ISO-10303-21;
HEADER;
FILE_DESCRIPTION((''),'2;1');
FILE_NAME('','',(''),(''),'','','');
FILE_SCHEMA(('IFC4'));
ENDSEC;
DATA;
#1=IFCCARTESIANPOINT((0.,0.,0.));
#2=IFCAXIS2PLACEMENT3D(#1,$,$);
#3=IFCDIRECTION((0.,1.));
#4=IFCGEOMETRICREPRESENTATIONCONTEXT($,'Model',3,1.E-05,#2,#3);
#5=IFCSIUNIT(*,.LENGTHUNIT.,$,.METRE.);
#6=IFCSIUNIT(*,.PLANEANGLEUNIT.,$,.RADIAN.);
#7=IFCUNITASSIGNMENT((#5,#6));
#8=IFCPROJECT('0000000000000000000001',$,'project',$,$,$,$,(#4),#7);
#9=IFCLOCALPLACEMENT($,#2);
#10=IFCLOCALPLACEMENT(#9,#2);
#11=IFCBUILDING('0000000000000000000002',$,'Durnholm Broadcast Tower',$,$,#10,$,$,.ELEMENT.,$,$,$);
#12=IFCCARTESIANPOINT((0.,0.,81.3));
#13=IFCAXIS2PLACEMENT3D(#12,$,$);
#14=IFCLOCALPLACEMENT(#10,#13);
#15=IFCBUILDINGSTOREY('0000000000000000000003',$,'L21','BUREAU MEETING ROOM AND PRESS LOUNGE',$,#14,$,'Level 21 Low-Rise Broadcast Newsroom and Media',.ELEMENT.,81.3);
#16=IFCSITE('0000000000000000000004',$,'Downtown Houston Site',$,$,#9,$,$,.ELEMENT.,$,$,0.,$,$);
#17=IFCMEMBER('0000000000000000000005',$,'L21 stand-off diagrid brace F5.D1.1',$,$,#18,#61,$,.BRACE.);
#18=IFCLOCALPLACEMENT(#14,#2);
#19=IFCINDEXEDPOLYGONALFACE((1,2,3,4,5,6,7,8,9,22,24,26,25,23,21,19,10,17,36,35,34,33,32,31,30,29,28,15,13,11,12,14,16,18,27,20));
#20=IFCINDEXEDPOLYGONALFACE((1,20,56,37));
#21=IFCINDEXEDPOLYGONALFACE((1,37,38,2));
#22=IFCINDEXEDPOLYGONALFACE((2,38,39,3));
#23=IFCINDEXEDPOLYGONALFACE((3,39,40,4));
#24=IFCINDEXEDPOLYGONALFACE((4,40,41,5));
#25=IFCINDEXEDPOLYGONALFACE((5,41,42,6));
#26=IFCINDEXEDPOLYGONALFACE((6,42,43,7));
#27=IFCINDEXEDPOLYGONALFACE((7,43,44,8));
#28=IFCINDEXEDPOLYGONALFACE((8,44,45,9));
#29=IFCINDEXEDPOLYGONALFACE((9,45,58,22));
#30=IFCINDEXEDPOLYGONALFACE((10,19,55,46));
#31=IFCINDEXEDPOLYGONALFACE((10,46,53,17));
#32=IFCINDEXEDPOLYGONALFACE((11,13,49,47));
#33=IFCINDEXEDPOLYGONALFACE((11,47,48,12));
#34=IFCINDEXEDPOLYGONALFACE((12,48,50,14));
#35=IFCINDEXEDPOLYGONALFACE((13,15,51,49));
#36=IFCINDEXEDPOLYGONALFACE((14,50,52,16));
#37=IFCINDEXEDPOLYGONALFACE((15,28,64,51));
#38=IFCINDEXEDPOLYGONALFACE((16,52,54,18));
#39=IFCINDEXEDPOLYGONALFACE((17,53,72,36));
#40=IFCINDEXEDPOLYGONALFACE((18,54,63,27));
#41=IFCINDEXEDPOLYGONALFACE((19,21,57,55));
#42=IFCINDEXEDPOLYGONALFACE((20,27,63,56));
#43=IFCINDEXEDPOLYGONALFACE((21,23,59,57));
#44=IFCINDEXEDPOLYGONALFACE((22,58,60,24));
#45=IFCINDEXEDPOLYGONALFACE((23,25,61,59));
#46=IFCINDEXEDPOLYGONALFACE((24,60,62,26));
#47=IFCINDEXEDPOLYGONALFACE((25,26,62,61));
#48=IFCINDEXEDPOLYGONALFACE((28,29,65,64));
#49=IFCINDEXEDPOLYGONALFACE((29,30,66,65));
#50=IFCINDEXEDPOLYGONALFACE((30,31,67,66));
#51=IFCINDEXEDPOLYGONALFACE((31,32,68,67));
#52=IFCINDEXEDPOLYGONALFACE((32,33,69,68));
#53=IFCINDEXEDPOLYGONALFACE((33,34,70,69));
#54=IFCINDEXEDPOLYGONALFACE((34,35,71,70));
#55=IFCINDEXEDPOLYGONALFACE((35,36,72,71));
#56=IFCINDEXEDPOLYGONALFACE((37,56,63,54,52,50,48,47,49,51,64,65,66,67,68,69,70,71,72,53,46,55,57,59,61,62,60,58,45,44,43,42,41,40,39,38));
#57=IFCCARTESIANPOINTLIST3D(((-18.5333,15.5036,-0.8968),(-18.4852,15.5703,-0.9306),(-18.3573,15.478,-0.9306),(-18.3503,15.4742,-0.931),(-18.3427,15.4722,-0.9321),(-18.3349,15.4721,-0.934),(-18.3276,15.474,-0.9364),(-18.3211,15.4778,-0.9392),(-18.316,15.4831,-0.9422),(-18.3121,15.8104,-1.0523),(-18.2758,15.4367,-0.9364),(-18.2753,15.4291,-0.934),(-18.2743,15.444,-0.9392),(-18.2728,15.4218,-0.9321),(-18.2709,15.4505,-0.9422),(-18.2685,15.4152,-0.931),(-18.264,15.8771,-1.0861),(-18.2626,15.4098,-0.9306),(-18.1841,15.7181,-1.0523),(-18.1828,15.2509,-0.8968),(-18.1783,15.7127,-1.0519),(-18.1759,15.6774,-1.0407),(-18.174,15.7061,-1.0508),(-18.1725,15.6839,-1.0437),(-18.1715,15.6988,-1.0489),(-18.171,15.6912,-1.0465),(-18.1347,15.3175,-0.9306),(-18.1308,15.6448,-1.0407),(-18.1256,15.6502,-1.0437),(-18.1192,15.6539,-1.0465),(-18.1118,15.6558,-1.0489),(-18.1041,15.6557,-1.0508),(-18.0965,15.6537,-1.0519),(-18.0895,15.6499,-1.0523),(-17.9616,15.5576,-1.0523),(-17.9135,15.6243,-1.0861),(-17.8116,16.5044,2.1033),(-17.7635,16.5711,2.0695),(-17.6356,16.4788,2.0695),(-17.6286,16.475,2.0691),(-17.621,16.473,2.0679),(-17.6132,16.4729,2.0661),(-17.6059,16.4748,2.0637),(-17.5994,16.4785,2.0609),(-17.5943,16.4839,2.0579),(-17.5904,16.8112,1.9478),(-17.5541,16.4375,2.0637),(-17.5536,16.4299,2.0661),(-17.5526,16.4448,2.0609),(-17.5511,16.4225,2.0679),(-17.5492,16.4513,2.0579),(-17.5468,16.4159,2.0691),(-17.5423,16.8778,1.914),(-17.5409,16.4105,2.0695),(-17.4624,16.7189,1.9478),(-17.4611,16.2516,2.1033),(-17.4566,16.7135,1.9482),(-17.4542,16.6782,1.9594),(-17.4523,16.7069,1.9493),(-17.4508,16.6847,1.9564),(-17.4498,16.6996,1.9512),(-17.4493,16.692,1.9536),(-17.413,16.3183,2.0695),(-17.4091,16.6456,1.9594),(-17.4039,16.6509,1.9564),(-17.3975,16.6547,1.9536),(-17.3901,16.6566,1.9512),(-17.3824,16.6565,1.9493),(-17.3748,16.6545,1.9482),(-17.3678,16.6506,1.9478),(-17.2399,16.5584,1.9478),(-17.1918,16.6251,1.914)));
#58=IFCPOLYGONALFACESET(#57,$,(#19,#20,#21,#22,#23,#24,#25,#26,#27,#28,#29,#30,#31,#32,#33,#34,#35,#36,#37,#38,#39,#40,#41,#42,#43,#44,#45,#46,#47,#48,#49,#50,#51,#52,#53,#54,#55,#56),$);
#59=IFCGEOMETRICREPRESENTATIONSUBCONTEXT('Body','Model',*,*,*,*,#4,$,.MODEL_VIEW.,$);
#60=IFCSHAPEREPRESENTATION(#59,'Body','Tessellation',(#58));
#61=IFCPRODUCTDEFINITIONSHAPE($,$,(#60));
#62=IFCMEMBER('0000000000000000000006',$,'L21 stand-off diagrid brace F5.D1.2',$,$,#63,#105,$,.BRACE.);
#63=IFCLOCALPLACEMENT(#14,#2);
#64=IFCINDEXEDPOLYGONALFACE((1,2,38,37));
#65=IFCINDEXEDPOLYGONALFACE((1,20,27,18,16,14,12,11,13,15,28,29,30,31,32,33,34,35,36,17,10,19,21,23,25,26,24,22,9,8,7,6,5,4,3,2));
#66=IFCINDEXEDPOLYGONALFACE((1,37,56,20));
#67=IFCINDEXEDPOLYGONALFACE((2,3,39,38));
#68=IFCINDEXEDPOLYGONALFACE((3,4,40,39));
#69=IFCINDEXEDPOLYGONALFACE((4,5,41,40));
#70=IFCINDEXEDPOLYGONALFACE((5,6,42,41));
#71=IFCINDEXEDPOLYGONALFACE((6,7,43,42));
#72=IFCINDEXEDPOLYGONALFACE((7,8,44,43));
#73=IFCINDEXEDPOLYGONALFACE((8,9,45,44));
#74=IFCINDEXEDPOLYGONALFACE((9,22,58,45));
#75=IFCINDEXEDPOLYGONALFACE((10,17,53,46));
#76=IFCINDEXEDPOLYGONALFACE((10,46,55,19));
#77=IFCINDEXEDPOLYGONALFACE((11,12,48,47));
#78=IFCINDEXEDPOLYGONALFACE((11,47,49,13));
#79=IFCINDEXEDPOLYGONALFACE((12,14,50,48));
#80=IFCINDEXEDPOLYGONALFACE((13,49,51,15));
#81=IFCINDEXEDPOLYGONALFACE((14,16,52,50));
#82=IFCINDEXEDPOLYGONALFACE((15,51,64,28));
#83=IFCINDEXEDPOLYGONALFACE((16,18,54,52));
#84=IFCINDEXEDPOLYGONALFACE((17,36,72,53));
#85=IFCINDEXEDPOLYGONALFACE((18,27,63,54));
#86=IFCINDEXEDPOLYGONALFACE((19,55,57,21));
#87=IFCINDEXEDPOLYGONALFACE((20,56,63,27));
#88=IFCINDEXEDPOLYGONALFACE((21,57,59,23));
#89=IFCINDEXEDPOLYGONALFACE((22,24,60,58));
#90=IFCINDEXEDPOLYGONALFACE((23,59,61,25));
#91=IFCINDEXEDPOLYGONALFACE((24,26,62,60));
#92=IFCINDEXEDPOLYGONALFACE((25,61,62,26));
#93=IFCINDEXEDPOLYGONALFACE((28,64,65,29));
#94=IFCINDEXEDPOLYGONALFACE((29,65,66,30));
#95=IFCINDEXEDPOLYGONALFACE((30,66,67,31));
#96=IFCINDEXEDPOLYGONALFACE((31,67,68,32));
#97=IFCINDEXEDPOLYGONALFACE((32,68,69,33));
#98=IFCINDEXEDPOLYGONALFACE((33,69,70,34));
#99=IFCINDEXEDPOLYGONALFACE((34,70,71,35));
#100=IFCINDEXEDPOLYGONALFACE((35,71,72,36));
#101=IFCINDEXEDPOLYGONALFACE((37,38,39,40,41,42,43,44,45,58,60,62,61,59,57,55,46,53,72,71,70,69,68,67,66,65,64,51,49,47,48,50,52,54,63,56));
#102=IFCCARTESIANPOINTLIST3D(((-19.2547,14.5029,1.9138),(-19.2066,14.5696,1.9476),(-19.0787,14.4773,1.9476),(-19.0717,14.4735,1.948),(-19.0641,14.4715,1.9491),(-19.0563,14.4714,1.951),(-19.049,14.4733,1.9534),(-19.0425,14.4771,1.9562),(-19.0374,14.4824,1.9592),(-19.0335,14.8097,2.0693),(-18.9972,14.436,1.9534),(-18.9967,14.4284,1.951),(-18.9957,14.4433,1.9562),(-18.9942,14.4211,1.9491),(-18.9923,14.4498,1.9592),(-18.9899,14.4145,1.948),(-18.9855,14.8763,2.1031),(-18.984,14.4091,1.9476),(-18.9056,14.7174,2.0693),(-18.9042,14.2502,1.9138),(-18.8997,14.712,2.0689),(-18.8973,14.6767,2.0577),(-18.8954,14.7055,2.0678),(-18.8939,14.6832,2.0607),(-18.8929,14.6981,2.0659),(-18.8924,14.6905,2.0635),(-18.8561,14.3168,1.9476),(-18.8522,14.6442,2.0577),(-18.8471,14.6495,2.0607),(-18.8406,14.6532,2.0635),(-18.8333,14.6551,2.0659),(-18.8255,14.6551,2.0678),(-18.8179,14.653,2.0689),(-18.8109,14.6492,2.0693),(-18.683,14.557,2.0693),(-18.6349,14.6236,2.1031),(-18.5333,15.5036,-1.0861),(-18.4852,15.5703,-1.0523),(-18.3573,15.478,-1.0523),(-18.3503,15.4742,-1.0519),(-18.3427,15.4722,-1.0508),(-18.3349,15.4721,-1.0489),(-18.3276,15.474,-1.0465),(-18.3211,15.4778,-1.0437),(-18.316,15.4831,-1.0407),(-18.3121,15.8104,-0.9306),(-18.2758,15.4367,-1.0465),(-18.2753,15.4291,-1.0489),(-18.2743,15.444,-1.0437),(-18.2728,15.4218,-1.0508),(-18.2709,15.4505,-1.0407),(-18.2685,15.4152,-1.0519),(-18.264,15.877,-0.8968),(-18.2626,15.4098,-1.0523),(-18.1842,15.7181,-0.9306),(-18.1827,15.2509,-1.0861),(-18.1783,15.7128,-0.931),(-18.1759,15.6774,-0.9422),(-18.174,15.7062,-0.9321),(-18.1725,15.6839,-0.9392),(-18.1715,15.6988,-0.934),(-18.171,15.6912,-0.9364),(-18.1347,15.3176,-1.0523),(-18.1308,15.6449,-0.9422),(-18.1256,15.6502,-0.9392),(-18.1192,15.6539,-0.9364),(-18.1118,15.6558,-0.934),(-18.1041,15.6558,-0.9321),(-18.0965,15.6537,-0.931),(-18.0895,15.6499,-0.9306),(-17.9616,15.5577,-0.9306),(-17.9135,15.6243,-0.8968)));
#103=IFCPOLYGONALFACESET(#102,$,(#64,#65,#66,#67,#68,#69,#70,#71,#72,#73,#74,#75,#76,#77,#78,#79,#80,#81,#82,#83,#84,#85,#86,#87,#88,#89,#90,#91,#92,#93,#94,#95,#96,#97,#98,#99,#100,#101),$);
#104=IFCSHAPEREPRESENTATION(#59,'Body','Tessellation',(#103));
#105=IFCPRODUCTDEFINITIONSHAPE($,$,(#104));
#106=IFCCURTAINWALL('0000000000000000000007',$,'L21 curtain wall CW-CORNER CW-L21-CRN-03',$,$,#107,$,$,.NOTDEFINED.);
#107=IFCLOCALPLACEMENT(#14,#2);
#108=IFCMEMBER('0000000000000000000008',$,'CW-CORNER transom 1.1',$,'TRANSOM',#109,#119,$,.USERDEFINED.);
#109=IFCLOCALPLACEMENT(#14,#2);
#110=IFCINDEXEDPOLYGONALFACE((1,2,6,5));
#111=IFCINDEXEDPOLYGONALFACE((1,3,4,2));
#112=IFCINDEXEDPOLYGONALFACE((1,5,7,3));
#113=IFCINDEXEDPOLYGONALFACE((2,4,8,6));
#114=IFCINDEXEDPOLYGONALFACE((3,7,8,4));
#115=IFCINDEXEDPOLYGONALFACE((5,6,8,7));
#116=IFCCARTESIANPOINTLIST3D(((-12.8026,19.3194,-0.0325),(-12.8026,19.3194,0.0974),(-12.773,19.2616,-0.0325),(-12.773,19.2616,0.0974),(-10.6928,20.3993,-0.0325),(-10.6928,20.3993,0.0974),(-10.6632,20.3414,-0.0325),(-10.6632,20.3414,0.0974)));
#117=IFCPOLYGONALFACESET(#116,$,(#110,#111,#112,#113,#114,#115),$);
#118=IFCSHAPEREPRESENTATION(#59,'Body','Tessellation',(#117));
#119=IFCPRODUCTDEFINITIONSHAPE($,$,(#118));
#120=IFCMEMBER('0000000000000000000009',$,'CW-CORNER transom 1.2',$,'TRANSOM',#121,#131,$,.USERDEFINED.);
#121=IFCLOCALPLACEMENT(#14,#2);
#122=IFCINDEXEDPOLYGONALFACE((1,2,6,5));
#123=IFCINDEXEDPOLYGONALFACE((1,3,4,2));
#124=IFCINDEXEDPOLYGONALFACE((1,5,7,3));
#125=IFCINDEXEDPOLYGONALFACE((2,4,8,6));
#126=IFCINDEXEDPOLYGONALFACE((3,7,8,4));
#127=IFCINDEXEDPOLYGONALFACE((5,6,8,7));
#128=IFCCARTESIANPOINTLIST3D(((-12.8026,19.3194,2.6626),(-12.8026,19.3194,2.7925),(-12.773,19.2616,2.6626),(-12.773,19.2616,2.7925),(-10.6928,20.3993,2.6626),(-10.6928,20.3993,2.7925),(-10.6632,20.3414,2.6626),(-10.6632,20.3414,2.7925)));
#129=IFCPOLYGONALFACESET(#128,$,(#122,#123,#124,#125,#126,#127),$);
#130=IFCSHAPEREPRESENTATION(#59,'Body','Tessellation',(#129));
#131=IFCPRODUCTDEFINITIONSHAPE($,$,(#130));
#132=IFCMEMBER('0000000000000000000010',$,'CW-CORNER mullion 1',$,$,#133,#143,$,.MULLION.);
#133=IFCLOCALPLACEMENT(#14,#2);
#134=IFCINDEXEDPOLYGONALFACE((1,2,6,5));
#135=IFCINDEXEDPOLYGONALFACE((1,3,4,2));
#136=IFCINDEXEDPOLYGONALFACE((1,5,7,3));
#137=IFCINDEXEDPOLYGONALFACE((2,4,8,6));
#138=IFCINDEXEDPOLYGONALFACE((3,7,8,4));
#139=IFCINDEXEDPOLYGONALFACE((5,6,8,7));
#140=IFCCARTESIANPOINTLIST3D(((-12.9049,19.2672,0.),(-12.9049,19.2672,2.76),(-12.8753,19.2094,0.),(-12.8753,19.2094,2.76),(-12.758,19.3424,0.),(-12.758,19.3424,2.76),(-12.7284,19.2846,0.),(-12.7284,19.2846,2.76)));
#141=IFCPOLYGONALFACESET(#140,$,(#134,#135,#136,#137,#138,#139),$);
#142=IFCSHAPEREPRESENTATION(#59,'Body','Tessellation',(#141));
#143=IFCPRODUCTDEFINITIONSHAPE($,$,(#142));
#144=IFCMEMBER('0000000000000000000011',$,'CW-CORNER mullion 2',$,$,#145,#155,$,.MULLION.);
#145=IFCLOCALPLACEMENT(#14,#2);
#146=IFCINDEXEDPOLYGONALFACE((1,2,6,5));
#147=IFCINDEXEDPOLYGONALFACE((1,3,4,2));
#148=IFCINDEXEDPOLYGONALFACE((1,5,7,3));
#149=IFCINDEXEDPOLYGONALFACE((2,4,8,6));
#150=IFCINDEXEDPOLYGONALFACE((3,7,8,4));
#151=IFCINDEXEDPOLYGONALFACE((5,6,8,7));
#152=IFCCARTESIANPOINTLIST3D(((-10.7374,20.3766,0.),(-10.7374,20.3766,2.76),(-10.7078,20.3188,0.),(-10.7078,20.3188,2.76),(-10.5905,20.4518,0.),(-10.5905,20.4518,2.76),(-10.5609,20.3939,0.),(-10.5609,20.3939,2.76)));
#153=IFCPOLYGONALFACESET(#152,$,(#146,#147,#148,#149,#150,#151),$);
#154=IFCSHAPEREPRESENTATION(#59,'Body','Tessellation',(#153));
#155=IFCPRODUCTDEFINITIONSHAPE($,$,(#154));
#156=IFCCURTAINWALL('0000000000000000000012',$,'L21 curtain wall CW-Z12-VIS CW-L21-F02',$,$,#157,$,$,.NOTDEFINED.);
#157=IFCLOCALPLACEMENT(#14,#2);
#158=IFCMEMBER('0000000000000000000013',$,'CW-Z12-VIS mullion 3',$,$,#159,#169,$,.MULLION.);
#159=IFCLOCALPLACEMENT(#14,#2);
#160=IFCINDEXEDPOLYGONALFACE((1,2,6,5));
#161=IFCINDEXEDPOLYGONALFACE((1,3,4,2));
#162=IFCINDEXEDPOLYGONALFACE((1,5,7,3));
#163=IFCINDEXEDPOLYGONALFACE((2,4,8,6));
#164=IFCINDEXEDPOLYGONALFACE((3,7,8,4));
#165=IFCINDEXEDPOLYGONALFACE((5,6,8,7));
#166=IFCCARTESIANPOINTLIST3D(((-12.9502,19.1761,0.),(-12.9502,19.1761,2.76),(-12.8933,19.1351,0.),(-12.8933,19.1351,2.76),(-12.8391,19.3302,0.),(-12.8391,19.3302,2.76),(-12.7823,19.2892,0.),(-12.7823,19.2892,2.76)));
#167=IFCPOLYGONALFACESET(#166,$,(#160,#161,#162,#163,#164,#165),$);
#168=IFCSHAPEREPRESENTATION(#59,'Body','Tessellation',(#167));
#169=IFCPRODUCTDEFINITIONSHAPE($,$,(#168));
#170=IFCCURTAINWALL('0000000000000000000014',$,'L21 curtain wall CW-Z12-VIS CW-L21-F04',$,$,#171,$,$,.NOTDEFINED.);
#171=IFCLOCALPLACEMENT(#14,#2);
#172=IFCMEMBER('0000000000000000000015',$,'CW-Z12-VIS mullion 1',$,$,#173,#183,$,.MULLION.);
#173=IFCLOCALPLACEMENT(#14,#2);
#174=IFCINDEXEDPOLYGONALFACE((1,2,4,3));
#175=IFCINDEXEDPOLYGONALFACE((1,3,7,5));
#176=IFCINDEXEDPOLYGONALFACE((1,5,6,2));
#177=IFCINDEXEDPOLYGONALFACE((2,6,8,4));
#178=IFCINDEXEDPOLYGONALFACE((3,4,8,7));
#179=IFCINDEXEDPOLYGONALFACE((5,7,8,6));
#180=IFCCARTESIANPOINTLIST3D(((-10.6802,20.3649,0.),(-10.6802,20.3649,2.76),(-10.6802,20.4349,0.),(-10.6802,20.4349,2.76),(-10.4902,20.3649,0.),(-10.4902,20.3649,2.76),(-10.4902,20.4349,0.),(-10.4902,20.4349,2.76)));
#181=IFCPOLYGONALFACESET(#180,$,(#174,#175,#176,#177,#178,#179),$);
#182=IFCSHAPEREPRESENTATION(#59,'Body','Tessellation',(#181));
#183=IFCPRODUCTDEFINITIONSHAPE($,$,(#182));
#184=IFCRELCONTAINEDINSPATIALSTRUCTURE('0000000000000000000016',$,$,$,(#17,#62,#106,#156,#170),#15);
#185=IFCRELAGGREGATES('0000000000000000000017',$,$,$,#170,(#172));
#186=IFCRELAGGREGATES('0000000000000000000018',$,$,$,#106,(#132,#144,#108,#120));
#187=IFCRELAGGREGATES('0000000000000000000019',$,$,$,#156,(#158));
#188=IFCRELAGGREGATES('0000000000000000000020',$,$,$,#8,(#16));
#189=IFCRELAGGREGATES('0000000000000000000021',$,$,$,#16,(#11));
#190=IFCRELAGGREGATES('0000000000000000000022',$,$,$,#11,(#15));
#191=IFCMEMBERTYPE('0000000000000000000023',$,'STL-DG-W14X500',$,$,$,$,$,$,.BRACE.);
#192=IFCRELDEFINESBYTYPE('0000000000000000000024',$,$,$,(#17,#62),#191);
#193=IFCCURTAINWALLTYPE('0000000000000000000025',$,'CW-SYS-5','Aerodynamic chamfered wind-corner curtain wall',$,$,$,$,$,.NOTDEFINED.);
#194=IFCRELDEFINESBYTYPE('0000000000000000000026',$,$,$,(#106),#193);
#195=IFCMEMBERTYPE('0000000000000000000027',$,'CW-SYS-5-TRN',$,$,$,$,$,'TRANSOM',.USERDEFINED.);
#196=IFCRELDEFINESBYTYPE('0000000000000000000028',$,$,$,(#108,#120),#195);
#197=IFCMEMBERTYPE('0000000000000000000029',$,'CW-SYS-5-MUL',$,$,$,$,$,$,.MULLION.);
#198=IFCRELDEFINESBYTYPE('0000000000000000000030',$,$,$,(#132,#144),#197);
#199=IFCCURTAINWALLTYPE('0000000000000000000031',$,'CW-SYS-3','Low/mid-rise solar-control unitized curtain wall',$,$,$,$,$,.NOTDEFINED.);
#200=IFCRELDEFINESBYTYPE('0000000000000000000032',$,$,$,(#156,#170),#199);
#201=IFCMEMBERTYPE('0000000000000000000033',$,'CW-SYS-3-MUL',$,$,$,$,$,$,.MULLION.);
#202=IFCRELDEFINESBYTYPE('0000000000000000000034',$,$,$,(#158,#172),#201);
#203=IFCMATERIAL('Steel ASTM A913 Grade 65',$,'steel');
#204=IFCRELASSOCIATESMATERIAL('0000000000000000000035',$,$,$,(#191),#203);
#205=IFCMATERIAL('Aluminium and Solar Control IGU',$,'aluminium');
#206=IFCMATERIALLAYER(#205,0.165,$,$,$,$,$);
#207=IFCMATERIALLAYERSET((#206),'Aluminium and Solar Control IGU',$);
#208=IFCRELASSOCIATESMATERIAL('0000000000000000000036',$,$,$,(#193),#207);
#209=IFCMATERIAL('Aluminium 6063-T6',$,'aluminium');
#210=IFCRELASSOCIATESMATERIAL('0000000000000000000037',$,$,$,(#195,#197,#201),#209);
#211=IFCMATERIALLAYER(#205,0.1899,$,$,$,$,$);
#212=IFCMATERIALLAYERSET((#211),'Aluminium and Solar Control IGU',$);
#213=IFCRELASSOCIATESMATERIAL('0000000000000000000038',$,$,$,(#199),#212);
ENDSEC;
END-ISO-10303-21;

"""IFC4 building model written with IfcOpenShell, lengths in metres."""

from ifc_helpers import new_model, si_unit, direction, frame, origin, origin_2d, place, context, subcontext, project, spatial, rectangle, i_section, extrude, source, transform, mapped, material, layer, layer_set, material_profile, profile_set, type_object, type_shapes, element, aggregate, save


model = new_model("IFC4")

# Units and contexts
model_context = context("Model", 3, precision=1e-05, world=origin(), true_north=direction((0.0, 1.0)))
body_context = subcontext(model_context, "Body", "Model", "MODEL_VIEW")
ifc_project = project(units=[si_unit("LENGTHUNIT", "METRE"), si_unit("PLANEANGLEUNIT", "RADIAN")], contexts=[model_context])

# Site, building, storey
site_placement = place(None, origin())
site = spatial("IfcSite", under=ifc_project, at=site_placement, Name="Downtown Houston Site", CompositionType="ELEMENT", RefElevation=0.0)
building_placement = place(site_placement, origin())
building = spatial("IfcBuilding", under=site, at=building_placement, Name="Durnholm Broadcast Tower", CompositionType="ELEMENT")
storey_placement = place(building_placement, frame((0.0, 0.0, 81.3)))
storey = spatial("IfcBuildingStorey", under=building, at=storey_placement, Name="L21", Description="BUREAU MEETING ROOM AND PRESS LOUNGE", LongName="Level 21 Low-Rise Broadcast Newsroom and Media", CompositionType="ELEMENT", Elevation=81.3)

# Members
ifc_material_1 = material(Name="Steel ASTM A913 Grade 65", Category="steel")
ifc_material_profile_1 = material_profile(ifc_material_1, i_section(OverallWidth=0.4321, OverallDepth=0.4978, WebThickness=0.0557, FlangeThickness=0.0889, FilletRadius=0.0305, at=origin_2d()), Name="W14X500")
ifc_profile_set_1 = profile_set([ifc_material_profile_1], Name="Steel ASTM A913 Grade 65")
member_type_1 = type_object("IfcMemberType", Name="STL-DG-W14X500", PredefinedType="BRACE", material=ifc_profile_set_1)
shared_shape_1 = source(origin(), body_context, "Body", "SweptSolid", [
    extrude(i_section(OverallWidth=0.4321, OverallDepth=0.4978, WebThickness=0.0557, FlangeThickness=0.0889, FilletRadius=0.0305, at=origin_2d()), origin(), (0.0, 0.0, 1.0), 3.2439),
])
member_1_placement = place(storey_placement, frame((-18.2234, 15.564, -0.9915), z_axis=(0.222479, 0.308505, 0.924839), x_axis=(-0.811091, 0.58492, 0.0)))
element("IfcMember", 1, at=member_1_placement, inside=storey, type_object=member_type_1, Name="L21 stand-off diagrid brace F5.D1.1", PredefinedType="BRACE", context=body_context, shape_type="MappedRepresentation", body=[
    mapped(shared_shape_1, transform((0.0, 0.0, 0.0), x_axis=(1.0, 0.0, 0.0), y_axis=(0.0, 1.0, 0.0), z_axis=(0.0, 0.0, 1.0), scale=1.0)),
])
shared_shape_2 = source(origin(), body_context, "Body", "SweptSolid", [
    extrude(i_section(OverallWidth=0.4321, OverallDepth=0.4978, WebThickness=0.0557, FlangeThickness=0.0889, FilletRadius=0.0305, at=origin_2d()), origin(), (0.0, 0.0, 1.0), 3.2437),
])
type_shapes(member_type_1, [shared_shape_1, shared_shape_2])
member_2_placement = place(storey_placement, frame((-18.2234, 15.564, -0.9915), z_axis=(-0.222408, -0.308511, 0.924855), x_axis=(0.811185, -0.584789, 0.0)))
element("IfcMember", 2, at=member_2_placement, inside=storey, type_object=member_type_1, Name="L21 stand-off diagrid brace F5.D1.2", PredefinedType="BRACE", context=body_context, shape_type="MappedRepresentation", body=[
    mapped(shared_shape_2, transform((0.0, 0.0, 0.0), x_axis=(1.0, 0.0, 0.0), y_axis=(0.0, 1.0, 0.0), z_axis=(0.0, 0.0, 1.0), scale=1.0)),
])

# Curtain wall, members
ifc_material_2 = material(Name="Aluminium and Solar Control IGU", Category="aluminium")
ifc_layer_1 = layer(ifc_material_2, 0.165)
ifc_layer_set_1 = layer_set([ifc_layer_1], Name="Aluminium and Solar Control IGU")
curtain_wall_type_1 = type_object("IfcCurtainWallType", Name="CW-SYS-5", Description="Aerodynamic chamfered wind-corner curtain wall", PredefinedType="NOTDEFINED", material=ifc_layer_set_1)
curtain_wall_1_placement = place(storey_placement, origin())
curtain_wall_1 = element("IfcCurtainWall", 3, at=curtain_wall_1_placement, inside=storey, type_object=curtain_wall_type_1, Name="L21 curtain wall CW-CORNER CW-L21-CRN-03", PredefinedType="NOTDEFINED")
ifc_material_3 = material(Name="Aluminium 6063-T6", Category="aluminium")
ifc_material_profile_2 = material_profile(ifc_material_3, rectangle(XDim=0.0649, YDim=0.1299, at=origin_2d()), Name="CWT65X130")
ifc_profile_set_2 = profile_set([ifc_material_profile_2], Name="Aluminium 6063-T6")
member_type_2 = type_object("IfcMemberType", Name="CW-SYS-5-TRN", ElementType="TRANSOM", PredefinedType="USERDEFINED", material=ifc_profile_set_2)
shared_shape_3 = source(origin(), body_context, "Body", "SweptSolid", [
    extrude(rectangle(XDim=0.0649, YDim=0.1299, at=origin_2d()), origin(), (0.0, 0.0, 1.0), 2.3701),
])
type_shapes(member_type_2, [shared_shape_3])
member_3_placement = place(storey_placement, frame((-12.7878, 19.2905, 0.0325), z_axis=(0.890185, 0.455599, 0.0), x_axis=(-0.455599, 0.890185, 0.0)))
member_3 = element("IfcMember", 4, at=member_3_placement, type_object=member_type_2, Name="CW-CORNER transom 1.1", ObjectType="TRANSOM", PredefinedType="USERDEFINED", context=body_context, shape_type="MappedRepresentation", body=[
    mapped(shared_shape_3, transform((0.0, 0.0, 0.0), x_axis=(1.0, 0.0, 0.0), y_axis=(0.0, 1.0, 0.0), z_axis=(0.0, 0.0, 1.0), scale=1.0)),
])
member_4_placement = place(storey_placement, frame((-12.7878, 19.2905, 2.7275), z_axis=(0.890185, 0.455599, 0.0), x_axis=(-0.455599, 0.890185, 0.0)))
member_4 = element("IfcMember", 5, at=member_4_placement, type_object=member_type_2, Name="CW-CORNER transom 1.2", ObjectType="TRANSOM", PredefinedType="USERDEFINED", context=body_context, shape_type="MappedRepresentation", body=[
    mapped(shared_shape_3, transform((0.0, 0.0, 0.0), x_axis=(1.0, 0.0, 0.0), y_axis=(0.0, 1.0, 0.0), z_axis=(0.0, 0.0, 1.0), scale=1.0)),
])
ifc_material_profile_3 = material_profile(ifc_material_3, rectangle(XDim=0.0649, YDim=0.165, at=origin_2d()), Name="CWM65X165")
ifc_profile_set_3 = profile_set([ifc_material_profile_3], Name="Aluminium 6063-T6")
member_type_3 = type_object("IfcMemberType", Name="CW-SYS-5-MUL", PredefinedType="MULLION", material=ifc_profile_set_3)
shared_shape_4 = source(origin(), body_context, "Body", "SweptSolid", [
    extrude(rectangle(XDim=0.0649, YDim=0.165, at=origin_2d()), origin(), (0.0, 0.0, 1.0), 2.76),
])
type_shapes(member_type_3, [shared_shape_4])
member_5_placement = place(storey_placement, frame((-12.8167, 19.2759, 0.0), z_axis=(0.0, 0.0, 1.0), x_axis=(-0.455594, 0.890188, 0.0)))
member_5 = element("IfcMember", 6, at=member_5_placement, type_object=member_type_3, Name="CW-CORNER mullion 1", PredefinedType="MULLION", context=body_context, shape_type="MappedRepresentation", body=[
    mapped(shared_shape_4, transform((0.0, 0.0, 0.0), x_axis=(1.0, 0.0, 0.0), y_axis=(0.0, 1.0, 0.0), z_axis=(0.0, 0.0, 1.0), scale=1.0)),
])
member_6_placement = place(storey_placement, frame((-10.6492, 20.3853, 0.0), z_axis=(0.0, 0.0, 1.0), x_axis=(-0.455594, 0.890188, 0.0)))
member_6 = element("IfcMember", 7, at=member_6_placement, type_object=member_type_3, Name="CW-CORNER mullion 2", PredefinedType="MULLION", context=body_context, shape_type="MappedRepresentation", body=[
    mapped(shared_shape_4, transform((0.0, 0.0, 0.0), x_axis=(1.0, 0.0, 0.0), y_axis=(0.0, 1.0, 0.0), z_axis=(0.0, 0.0, 1.0), scale=1.0)),
])

# Curtain walls, members
ifc_layer_2 = layer(ifc_material_2, 0.1899)
ifc_layer_set_2 = layer_set([ifc_layer_2], Name="Aluminium and Solar Control IGU")
curtain_wall_type_2 = type_object("IfcCurtainWallType", Name="CW-SYS-3", Description="Low/mid-rise solar-control unitized curtain wall", PredefinedType="NOTDEFINED", material=ifc_layer_set_2)
curtain_wall_2_placement = place(storey_placement, origin())
curtain_wall_2 = element("IfcCurtainWall", 8, at=curtain_wall_2_placement, inside=storey, type_object=curtain_wall_type_2, Name="L21 curtain wall CW-Z12-VIS CW-L21-F02", PredefinedType="NOTDEFINED")
ifc_material_profile_4 = material_profile(ifc_material_3, rectangle(XDim=0.0701, YDim=0.1899, at=origin_2d()), Name="CWM70X190")
ifc_profile_set_4 = profile_set([ifc_material_profile_4], Name="Aluminium 6063-T6")
member_type_4 = type_object("IfcMemberType", Name="CW-SYS-3-MUL", PredefinedType="MULLION", material=ifc_profile_set_4)
shared_shape_5 = source(origin(), body_context, "Body", "SweptSolid", [
    extrude(rectangle(XDim=0.0701, YDim=0.1899, at=origin_2d()), origin(), (0.0, 0.0, 1.0), 2.76),
])
type_shapes(member_type_4, [shared_shape_5])
member_7_placement = place(storey_placement, frame((-12.8662, 19.2327, 0.0), z_axis=(0.0, 0.0, 1.0), x_axis=(-0.811161, 0.584823, 0.0)))
member_7 = element("IfcMember", 9, at=member_7_placement, type_object=member_type_4, Name="CW-Z12-VIS mullion 3", PredefinedType="MULLION", context=body_context, shape_type="MappedRepresentation", body=[
    mapped(shared_shape_5, transform((0.0, 0.0, 0.0), x_axis=(1.0, 0.0, 0.0), y_axis=(0.0, 1.0, 0.0), z_axis=(0.0, 0.0, 1.0), scale=1.0)),
])
curtain_wall_3_placement = place(storey_placement, origin())
curtain_wall_3 = element("IfcCurtainWall", 10, at=curtain_wall_3_placement, inside=storey, type_object=curtain_wall_type_2, Name="L21 curtain wall CW-Z12-VIS CW-L21-F04", PredefinedType="NOTDEFINED")
member_8_placement = place(storey_placement, frame((-10.5852, 20.3999, 0.0), z_axis=(0.0, 0.0, 1.0), x_axis=(0.0, 1.0, 0.0)))
member_8 = element("IfcMember", 11, at=member_8_placement, type_object=member_type_4, Name="CW-Z12-VIS mullion 1", PredefinedType="MULLION", context=body_context, shape_type="MappedRepresentation", body=[
    mapped(shared_shape_5, transform((0.0, 0.0, 0.0), x_axis=(1.0, 0.0, 0.0), y_axis=(0.0, 1.0, 0.0), z_axis=(0.0, 0.0, 1.0), scale=1.0)),
])
aggregate(curtain_wall_3, [member_8])

aggregate(curtain_wall_1, [member_5, member_6, member_3, member_4])
aggregate(curtain_wall_2, [member_7])

save(model, "model.ifc")
